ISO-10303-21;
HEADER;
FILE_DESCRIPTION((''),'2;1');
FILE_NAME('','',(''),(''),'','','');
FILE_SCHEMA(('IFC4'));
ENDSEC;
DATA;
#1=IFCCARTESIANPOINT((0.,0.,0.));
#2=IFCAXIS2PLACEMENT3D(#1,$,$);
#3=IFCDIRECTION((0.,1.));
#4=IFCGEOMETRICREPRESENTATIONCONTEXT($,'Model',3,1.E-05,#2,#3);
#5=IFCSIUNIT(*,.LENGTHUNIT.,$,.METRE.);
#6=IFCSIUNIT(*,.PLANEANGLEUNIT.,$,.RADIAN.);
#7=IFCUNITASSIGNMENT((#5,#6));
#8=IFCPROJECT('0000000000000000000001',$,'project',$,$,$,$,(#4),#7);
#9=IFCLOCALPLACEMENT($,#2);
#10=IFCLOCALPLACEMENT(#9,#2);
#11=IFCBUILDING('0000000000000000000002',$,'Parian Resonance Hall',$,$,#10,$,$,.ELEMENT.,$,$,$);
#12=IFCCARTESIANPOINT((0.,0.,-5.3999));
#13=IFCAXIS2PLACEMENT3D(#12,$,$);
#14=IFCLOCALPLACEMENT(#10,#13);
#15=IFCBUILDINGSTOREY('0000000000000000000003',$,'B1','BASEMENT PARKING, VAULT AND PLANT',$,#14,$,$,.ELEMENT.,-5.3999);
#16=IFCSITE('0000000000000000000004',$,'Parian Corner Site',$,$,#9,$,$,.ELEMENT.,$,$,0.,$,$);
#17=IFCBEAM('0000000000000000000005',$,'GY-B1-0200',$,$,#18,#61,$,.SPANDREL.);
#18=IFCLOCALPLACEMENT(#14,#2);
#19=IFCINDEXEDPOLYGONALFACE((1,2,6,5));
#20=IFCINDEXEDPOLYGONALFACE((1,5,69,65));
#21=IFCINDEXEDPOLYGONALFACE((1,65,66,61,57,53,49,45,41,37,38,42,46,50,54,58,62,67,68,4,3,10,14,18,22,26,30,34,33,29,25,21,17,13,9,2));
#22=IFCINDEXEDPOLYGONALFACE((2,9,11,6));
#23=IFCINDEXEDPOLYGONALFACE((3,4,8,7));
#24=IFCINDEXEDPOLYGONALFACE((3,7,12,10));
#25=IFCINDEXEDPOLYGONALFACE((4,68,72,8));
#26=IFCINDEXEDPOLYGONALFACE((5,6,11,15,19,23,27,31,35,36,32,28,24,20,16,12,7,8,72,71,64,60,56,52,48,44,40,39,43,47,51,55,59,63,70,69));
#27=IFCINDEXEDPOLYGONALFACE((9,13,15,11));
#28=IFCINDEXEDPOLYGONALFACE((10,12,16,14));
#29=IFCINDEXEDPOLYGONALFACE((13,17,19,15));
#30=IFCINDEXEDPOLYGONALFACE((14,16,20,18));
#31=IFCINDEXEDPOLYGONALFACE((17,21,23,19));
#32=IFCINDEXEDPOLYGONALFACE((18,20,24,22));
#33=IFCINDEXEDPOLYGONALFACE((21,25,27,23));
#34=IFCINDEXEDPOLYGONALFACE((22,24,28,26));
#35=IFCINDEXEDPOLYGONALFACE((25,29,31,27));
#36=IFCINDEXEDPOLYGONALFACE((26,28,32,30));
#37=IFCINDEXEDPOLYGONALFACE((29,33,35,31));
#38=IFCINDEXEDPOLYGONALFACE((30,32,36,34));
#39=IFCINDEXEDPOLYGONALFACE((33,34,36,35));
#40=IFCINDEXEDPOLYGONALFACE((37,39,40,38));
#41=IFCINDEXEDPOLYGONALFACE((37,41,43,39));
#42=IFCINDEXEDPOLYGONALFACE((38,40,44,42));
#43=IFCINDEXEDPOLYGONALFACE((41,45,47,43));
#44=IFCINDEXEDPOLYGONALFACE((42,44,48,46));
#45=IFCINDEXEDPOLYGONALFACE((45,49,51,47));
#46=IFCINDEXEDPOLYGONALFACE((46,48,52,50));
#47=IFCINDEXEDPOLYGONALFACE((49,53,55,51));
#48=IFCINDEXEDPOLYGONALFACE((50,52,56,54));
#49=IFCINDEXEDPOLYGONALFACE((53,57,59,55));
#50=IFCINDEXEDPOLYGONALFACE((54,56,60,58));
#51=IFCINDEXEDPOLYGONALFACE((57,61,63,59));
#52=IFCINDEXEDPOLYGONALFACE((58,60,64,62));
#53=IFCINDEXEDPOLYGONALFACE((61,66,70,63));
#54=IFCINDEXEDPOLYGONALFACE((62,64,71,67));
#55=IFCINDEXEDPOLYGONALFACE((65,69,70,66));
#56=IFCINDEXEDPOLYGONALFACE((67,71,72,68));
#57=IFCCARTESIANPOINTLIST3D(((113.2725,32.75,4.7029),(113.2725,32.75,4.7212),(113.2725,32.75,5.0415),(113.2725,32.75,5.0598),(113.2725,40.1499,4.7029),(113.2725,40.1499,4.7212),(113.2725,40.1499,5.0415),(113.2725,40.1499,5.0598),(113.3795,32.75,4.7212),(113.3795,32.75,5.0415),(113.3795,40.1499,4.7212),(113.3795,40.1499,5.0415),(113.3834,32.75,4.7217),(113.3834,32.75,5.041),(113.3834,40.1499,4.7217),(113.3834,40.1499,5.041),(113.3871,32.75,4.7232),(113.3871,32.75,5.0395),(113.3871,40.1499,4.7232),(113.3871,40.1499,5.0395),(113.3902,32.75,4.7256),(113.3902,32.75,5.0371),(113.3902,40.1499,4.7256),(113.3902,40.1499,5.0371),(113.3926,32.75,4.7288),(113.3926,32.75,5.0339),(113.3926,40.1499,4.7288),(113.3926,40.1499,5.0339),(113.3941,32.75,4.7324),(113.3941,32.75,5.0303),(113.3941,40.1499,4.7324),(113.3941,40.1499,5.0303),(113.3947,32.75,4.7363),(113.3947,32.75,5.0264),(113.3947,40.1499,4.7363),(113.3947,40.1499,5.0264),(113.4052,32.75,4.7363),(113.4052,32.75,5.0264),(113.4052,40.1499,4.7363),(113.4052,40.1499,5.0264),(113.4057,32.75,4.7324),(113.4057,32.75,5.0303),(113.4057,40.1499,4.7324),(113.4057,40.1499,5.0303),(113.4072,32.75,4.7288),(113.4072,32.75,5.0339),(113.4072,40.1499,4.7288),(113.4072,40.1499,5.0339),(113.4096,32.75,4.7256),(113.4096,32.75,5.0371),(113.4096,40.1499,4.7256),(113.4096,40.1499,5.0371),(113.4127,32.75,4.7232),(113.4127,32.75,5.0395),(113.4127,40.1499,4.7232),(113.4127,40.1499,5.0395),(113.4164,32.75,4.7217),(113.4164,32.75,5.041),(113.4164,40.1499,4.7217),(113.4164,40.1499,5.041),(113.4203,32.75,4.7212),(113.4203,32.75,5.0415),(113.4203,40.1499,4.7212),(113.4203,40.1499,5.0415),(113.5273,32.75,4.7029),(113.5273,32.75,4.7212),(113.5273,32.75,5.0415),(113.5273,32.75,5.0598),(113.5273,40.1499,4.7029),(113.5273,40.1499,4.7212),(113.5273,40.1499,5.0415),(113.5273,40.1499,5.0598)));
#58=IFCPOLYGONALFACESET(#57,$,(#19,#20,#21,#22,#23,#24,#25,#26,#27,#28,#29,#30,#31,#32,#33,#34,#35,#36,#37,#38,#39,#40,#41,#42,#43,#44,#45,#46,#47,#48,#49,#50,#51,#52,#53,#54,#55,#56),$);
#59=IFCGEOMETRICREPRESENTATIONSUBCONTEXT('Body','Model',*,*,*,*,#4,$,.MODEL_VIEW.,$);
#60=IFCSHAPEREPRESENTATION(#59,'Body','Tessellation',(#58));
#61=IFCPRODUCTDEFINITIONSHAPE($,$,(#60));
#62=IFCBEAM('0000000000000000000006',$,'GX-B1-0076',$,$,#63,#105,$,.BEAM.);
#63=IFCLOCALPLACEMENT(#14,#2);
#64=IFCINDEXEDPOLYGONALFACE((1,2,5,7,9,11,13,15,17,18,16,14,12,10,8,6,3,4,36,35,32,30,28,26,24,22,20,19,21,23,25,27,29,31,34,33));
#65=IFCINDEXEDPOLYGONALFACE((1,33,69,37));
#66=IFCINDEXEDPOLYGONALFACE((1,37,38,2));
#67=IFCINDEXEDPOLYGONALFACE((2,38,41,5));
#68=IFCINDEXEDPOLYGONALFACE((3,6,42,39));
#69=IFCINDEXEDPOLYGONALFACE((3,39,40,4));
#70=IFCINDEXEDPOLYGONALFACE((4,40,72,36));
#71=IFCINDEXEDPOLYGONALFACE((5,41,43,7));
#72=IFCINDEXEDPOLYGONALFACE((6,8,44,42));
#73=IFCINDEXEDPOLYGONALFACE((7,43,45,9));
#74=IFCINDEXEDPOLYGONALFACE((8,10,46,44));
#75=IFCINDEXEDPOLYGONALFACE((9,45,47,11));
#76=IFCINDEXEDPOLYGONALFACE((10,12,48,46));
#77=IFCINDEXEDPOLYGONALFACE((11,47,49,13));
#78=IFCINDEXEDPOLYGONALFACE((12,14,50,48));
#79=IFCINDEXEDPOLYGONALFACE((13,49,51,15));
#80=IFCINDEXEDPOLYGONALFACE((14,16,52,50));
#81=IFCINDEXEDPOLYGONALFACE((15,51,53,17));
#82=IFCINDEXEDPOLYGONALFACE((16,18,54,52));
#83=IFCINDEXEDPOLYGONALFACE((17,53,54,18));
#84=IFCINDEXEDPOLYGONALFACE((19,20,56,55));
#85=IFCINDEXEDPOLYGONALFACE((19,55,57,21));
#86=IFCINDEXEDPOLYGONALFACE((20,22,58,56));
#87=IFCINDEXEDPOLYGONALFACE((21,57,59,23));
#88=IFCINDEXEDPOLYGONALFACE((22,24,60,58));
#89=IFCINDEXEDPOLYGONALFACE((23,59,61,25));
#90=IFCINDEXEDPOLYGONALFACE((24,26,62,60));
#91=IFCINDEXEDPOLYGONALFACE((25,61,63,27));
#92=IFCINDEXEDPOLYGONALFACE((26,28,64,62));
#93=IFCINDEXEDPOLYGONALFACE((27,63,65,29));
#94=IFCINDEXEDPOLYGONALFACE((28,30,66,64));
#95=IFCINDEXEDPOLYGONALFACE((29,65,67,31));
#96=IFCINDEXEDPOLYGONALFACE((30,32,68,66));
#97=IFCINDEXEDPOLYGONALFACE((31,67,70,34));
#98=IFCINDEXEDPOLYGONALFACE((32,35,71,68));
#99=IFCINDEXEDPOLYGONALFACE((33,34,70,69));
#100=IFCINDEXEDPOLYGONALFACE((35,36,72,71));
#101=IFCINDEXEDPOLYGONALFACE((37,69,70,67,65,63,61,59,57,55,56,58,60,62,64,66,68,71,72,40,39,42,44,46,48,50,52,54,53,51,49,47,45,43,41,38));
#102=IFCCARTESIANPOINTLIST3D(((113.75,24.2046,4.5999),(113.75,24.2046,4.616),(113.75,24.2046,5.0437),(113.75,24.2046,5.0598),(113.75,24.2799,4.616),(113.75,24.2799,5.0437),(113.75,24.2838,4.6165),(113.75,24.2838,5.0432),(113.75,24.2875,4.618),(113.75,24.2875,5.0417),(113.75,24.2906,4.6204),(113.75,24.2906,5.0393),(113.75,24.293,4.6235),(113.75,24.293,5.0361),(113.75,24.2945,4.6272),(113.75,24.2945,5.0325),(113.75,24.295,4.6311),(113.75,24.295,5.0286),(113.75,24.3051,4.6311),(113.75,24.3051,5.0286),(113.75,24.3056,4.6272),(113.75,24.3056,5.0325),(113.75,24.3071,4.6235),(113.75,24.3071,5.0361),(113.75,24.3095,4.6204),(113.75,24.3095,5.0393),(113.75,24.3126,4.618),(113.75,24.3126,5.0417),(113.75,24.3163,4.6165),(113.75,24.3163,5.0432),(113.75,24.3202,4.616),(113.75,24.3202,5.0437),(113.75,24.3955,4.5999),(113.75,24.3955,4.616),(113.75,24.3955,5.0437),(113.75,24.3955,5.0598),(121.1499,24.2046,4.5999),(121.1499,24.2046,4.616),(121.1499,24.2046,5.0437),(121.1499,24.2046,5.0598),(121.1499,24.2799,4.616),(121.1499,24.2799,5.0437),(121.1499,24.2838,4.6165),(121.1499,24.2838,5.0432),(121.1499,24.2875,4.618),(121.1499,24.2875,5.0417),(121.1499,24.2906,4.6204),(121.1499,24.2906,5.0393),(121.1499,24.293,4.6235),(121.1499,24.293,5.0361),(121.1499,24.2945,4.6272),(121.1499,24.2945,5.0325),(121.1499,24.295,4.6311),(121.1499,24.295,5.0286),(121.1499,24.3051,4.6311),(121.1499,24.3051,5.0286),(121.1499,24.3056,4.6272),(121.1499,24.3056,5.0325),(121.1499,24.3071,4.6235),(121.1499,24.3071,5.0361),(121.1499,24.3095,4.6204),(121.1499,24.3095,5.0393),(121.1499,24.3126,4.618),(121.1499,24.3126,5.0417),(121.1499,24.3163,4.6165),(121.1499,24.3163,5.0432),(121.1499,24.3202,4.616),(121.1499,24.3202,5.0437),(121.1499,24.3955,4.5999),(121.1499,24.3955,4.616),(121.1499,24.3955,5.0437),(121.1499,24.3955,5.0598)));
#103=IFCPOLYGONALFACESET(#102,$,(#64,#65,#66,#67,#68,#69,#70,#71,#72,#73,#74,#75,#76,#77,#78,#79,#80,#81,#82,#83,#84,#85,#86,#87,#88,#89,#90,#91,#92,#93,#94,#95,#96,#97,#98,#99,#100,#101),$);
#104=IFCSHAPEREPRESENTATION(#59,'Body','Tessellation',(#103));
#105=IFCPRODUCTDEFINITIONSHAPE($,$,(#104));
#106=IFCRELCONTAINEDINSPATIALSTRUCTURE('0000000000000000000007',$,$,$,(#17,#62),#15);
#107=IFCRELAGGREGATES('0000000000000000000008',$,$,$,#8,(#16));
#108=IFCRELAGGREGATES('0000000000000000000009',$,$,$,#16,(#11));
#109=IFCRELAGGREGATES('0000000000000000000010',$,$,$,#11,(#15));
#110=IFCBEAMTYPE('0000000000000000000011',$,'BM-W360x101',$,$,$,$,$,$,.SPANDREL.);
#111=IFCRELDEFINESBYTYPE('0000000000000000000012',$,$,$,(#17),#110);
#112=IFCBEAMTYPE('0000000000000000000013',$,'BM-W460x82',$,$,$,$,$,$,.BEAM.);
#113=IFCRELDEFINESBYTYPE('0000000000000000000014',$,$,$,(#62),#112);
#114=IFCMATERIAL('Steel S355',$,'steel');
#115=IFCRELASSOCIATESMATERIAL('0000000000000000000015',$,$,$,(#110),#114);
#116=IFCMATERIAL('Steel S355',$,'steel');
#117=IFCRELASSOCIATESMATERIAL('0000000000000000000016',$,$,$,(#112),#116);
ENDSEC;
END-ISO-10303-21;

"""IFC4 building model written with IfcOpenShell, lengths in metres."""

from ifc_helpers import new_model, si_unit, direction, frame, origin, origin_2d, place, context, subcontext, project, spatial, i_section, extrude, material, material_profile, profile_set, type_object, element, save


model = new_model("IFC4")

# Units and contexts
model_context = context("Model", 3, precision=1e-05, world=origin(), true_north=direction((0.0, 1.0)))
body_context = subcontext(model_context, "Body", "Model", "MODEL_VIEW")
ifc_project = project(units=[si_unit("LENGTHUNIT", "METRE"), si_unit("PLANEANGLEUNIT", "RADIAN")], contexts=[model_context])

# Site, building, storey
site_placement = place(None, origin())
site = spatial("IfcSite", under=ifc_project, at=site_placement, Name="Parian Corner Site", CompositionType="ELEMENT", RefElevation=0.0)
building_placement = place(site_placement, origin())
building = spatial("IfcBuilding", under=site, at=building_placement, Name="Parian Resonance Hall", CompositionType="ELEMENT")
storey_placement = place(building_placement, frame((0.0, 0.0, -5.3999)))
storey = spatial("IfcBuildingStorey", under=building, at=storey_placement, Name="B1", Description="BASEMENT PARKING, VAULT AND PLANT", CompositionType="ELEMENT", Elevation=-5.3999)

# Beams
ifc_material_1 = material(Name="Steel S355", Category="steel")
ifc_material_profile_1 = material_profile(ifc_material_1, i_section(OverallWidth=0.2549, OverallDepth=0.3569, WebThickness=0.0105, FlangeThickness=0.0183, FilletRadius=0.0151, at=origin_2d()), Name="W360x101")
ifc_profile_set_1 = profile_set([ifc_material_profile_1], Name="Steel S355")
beam_type_1 = type_object("IfcBeamType", Name="BM-W360x101", PredefinedType="SPANDREL", material=ifc_profile_set_1)
beam_1_placement = place(storey_placement, frame((113.3999, 32.75, 4.8813), z_axis=(0.0, 1.0, 0.0), x_axis=(-1.0, 0.0, 0.0)))
element("IfcBeam", 1, at=beam_1_placement, inside=storey, type_object=beam_type_1, Name="GY-B1-0200", PredefinedType="SPANDREL", context=body_context, shape_type="SweptSolid", body=[
    extrude(i_section(OverallWidth=0.2549, OverallDepth=0.3569, WebThickness=0.0105, FlangeThickness=0.0183, FilletRadius=0.0151, at=origin_2d()), origin(), (0.0, 0.0, 1.0), 7.3999),
])
ifc_material_2 = material(Name="Steel S355", Category="steel")
ifc_material_profile_2 = material_profile(ifc_material_2, i_section(OverallWidth=0.1909, OverallDepth=0.46, WebThickness=0.01, FlangeThickness=0.0161, FilletRadius=0.0151, at=origin_2d()), Name="W460x82")
ifc_profile_set_2 = profile_set([ifc_material_profile_2], Name="Steel S355")
beam_type_2 = type_object("IfcBeamType", Name="BM-W460x82", PredefinedType="BEAM", material=ifc_profile_set_2)
beam_2_placement = place(storey_placement, frame((113.75, 24.3, 4.8298), z_axis=(1.0, 0.0, 0.0), x_axis=(0.0, 1.0, 0.0)))
element("IfcBeam", 2, at=beam_2_placement, inside=storey, type_object=beam_type_2, Name="GX-B1-0076", PredefinedType="BEAM", context=body_context, shape_type="SweptSolid", body=[
    extrude(i_section(OverallWidth=0.1909, OverallDepth=0.46, WebThickness=0.01, FlangeThickness=0.0161, FilletRadius=0.0151, at=origin_2d()), origin(), (0.0, 0.0, 1.0), 7.3999),
])

save(model, "model.ifc")
